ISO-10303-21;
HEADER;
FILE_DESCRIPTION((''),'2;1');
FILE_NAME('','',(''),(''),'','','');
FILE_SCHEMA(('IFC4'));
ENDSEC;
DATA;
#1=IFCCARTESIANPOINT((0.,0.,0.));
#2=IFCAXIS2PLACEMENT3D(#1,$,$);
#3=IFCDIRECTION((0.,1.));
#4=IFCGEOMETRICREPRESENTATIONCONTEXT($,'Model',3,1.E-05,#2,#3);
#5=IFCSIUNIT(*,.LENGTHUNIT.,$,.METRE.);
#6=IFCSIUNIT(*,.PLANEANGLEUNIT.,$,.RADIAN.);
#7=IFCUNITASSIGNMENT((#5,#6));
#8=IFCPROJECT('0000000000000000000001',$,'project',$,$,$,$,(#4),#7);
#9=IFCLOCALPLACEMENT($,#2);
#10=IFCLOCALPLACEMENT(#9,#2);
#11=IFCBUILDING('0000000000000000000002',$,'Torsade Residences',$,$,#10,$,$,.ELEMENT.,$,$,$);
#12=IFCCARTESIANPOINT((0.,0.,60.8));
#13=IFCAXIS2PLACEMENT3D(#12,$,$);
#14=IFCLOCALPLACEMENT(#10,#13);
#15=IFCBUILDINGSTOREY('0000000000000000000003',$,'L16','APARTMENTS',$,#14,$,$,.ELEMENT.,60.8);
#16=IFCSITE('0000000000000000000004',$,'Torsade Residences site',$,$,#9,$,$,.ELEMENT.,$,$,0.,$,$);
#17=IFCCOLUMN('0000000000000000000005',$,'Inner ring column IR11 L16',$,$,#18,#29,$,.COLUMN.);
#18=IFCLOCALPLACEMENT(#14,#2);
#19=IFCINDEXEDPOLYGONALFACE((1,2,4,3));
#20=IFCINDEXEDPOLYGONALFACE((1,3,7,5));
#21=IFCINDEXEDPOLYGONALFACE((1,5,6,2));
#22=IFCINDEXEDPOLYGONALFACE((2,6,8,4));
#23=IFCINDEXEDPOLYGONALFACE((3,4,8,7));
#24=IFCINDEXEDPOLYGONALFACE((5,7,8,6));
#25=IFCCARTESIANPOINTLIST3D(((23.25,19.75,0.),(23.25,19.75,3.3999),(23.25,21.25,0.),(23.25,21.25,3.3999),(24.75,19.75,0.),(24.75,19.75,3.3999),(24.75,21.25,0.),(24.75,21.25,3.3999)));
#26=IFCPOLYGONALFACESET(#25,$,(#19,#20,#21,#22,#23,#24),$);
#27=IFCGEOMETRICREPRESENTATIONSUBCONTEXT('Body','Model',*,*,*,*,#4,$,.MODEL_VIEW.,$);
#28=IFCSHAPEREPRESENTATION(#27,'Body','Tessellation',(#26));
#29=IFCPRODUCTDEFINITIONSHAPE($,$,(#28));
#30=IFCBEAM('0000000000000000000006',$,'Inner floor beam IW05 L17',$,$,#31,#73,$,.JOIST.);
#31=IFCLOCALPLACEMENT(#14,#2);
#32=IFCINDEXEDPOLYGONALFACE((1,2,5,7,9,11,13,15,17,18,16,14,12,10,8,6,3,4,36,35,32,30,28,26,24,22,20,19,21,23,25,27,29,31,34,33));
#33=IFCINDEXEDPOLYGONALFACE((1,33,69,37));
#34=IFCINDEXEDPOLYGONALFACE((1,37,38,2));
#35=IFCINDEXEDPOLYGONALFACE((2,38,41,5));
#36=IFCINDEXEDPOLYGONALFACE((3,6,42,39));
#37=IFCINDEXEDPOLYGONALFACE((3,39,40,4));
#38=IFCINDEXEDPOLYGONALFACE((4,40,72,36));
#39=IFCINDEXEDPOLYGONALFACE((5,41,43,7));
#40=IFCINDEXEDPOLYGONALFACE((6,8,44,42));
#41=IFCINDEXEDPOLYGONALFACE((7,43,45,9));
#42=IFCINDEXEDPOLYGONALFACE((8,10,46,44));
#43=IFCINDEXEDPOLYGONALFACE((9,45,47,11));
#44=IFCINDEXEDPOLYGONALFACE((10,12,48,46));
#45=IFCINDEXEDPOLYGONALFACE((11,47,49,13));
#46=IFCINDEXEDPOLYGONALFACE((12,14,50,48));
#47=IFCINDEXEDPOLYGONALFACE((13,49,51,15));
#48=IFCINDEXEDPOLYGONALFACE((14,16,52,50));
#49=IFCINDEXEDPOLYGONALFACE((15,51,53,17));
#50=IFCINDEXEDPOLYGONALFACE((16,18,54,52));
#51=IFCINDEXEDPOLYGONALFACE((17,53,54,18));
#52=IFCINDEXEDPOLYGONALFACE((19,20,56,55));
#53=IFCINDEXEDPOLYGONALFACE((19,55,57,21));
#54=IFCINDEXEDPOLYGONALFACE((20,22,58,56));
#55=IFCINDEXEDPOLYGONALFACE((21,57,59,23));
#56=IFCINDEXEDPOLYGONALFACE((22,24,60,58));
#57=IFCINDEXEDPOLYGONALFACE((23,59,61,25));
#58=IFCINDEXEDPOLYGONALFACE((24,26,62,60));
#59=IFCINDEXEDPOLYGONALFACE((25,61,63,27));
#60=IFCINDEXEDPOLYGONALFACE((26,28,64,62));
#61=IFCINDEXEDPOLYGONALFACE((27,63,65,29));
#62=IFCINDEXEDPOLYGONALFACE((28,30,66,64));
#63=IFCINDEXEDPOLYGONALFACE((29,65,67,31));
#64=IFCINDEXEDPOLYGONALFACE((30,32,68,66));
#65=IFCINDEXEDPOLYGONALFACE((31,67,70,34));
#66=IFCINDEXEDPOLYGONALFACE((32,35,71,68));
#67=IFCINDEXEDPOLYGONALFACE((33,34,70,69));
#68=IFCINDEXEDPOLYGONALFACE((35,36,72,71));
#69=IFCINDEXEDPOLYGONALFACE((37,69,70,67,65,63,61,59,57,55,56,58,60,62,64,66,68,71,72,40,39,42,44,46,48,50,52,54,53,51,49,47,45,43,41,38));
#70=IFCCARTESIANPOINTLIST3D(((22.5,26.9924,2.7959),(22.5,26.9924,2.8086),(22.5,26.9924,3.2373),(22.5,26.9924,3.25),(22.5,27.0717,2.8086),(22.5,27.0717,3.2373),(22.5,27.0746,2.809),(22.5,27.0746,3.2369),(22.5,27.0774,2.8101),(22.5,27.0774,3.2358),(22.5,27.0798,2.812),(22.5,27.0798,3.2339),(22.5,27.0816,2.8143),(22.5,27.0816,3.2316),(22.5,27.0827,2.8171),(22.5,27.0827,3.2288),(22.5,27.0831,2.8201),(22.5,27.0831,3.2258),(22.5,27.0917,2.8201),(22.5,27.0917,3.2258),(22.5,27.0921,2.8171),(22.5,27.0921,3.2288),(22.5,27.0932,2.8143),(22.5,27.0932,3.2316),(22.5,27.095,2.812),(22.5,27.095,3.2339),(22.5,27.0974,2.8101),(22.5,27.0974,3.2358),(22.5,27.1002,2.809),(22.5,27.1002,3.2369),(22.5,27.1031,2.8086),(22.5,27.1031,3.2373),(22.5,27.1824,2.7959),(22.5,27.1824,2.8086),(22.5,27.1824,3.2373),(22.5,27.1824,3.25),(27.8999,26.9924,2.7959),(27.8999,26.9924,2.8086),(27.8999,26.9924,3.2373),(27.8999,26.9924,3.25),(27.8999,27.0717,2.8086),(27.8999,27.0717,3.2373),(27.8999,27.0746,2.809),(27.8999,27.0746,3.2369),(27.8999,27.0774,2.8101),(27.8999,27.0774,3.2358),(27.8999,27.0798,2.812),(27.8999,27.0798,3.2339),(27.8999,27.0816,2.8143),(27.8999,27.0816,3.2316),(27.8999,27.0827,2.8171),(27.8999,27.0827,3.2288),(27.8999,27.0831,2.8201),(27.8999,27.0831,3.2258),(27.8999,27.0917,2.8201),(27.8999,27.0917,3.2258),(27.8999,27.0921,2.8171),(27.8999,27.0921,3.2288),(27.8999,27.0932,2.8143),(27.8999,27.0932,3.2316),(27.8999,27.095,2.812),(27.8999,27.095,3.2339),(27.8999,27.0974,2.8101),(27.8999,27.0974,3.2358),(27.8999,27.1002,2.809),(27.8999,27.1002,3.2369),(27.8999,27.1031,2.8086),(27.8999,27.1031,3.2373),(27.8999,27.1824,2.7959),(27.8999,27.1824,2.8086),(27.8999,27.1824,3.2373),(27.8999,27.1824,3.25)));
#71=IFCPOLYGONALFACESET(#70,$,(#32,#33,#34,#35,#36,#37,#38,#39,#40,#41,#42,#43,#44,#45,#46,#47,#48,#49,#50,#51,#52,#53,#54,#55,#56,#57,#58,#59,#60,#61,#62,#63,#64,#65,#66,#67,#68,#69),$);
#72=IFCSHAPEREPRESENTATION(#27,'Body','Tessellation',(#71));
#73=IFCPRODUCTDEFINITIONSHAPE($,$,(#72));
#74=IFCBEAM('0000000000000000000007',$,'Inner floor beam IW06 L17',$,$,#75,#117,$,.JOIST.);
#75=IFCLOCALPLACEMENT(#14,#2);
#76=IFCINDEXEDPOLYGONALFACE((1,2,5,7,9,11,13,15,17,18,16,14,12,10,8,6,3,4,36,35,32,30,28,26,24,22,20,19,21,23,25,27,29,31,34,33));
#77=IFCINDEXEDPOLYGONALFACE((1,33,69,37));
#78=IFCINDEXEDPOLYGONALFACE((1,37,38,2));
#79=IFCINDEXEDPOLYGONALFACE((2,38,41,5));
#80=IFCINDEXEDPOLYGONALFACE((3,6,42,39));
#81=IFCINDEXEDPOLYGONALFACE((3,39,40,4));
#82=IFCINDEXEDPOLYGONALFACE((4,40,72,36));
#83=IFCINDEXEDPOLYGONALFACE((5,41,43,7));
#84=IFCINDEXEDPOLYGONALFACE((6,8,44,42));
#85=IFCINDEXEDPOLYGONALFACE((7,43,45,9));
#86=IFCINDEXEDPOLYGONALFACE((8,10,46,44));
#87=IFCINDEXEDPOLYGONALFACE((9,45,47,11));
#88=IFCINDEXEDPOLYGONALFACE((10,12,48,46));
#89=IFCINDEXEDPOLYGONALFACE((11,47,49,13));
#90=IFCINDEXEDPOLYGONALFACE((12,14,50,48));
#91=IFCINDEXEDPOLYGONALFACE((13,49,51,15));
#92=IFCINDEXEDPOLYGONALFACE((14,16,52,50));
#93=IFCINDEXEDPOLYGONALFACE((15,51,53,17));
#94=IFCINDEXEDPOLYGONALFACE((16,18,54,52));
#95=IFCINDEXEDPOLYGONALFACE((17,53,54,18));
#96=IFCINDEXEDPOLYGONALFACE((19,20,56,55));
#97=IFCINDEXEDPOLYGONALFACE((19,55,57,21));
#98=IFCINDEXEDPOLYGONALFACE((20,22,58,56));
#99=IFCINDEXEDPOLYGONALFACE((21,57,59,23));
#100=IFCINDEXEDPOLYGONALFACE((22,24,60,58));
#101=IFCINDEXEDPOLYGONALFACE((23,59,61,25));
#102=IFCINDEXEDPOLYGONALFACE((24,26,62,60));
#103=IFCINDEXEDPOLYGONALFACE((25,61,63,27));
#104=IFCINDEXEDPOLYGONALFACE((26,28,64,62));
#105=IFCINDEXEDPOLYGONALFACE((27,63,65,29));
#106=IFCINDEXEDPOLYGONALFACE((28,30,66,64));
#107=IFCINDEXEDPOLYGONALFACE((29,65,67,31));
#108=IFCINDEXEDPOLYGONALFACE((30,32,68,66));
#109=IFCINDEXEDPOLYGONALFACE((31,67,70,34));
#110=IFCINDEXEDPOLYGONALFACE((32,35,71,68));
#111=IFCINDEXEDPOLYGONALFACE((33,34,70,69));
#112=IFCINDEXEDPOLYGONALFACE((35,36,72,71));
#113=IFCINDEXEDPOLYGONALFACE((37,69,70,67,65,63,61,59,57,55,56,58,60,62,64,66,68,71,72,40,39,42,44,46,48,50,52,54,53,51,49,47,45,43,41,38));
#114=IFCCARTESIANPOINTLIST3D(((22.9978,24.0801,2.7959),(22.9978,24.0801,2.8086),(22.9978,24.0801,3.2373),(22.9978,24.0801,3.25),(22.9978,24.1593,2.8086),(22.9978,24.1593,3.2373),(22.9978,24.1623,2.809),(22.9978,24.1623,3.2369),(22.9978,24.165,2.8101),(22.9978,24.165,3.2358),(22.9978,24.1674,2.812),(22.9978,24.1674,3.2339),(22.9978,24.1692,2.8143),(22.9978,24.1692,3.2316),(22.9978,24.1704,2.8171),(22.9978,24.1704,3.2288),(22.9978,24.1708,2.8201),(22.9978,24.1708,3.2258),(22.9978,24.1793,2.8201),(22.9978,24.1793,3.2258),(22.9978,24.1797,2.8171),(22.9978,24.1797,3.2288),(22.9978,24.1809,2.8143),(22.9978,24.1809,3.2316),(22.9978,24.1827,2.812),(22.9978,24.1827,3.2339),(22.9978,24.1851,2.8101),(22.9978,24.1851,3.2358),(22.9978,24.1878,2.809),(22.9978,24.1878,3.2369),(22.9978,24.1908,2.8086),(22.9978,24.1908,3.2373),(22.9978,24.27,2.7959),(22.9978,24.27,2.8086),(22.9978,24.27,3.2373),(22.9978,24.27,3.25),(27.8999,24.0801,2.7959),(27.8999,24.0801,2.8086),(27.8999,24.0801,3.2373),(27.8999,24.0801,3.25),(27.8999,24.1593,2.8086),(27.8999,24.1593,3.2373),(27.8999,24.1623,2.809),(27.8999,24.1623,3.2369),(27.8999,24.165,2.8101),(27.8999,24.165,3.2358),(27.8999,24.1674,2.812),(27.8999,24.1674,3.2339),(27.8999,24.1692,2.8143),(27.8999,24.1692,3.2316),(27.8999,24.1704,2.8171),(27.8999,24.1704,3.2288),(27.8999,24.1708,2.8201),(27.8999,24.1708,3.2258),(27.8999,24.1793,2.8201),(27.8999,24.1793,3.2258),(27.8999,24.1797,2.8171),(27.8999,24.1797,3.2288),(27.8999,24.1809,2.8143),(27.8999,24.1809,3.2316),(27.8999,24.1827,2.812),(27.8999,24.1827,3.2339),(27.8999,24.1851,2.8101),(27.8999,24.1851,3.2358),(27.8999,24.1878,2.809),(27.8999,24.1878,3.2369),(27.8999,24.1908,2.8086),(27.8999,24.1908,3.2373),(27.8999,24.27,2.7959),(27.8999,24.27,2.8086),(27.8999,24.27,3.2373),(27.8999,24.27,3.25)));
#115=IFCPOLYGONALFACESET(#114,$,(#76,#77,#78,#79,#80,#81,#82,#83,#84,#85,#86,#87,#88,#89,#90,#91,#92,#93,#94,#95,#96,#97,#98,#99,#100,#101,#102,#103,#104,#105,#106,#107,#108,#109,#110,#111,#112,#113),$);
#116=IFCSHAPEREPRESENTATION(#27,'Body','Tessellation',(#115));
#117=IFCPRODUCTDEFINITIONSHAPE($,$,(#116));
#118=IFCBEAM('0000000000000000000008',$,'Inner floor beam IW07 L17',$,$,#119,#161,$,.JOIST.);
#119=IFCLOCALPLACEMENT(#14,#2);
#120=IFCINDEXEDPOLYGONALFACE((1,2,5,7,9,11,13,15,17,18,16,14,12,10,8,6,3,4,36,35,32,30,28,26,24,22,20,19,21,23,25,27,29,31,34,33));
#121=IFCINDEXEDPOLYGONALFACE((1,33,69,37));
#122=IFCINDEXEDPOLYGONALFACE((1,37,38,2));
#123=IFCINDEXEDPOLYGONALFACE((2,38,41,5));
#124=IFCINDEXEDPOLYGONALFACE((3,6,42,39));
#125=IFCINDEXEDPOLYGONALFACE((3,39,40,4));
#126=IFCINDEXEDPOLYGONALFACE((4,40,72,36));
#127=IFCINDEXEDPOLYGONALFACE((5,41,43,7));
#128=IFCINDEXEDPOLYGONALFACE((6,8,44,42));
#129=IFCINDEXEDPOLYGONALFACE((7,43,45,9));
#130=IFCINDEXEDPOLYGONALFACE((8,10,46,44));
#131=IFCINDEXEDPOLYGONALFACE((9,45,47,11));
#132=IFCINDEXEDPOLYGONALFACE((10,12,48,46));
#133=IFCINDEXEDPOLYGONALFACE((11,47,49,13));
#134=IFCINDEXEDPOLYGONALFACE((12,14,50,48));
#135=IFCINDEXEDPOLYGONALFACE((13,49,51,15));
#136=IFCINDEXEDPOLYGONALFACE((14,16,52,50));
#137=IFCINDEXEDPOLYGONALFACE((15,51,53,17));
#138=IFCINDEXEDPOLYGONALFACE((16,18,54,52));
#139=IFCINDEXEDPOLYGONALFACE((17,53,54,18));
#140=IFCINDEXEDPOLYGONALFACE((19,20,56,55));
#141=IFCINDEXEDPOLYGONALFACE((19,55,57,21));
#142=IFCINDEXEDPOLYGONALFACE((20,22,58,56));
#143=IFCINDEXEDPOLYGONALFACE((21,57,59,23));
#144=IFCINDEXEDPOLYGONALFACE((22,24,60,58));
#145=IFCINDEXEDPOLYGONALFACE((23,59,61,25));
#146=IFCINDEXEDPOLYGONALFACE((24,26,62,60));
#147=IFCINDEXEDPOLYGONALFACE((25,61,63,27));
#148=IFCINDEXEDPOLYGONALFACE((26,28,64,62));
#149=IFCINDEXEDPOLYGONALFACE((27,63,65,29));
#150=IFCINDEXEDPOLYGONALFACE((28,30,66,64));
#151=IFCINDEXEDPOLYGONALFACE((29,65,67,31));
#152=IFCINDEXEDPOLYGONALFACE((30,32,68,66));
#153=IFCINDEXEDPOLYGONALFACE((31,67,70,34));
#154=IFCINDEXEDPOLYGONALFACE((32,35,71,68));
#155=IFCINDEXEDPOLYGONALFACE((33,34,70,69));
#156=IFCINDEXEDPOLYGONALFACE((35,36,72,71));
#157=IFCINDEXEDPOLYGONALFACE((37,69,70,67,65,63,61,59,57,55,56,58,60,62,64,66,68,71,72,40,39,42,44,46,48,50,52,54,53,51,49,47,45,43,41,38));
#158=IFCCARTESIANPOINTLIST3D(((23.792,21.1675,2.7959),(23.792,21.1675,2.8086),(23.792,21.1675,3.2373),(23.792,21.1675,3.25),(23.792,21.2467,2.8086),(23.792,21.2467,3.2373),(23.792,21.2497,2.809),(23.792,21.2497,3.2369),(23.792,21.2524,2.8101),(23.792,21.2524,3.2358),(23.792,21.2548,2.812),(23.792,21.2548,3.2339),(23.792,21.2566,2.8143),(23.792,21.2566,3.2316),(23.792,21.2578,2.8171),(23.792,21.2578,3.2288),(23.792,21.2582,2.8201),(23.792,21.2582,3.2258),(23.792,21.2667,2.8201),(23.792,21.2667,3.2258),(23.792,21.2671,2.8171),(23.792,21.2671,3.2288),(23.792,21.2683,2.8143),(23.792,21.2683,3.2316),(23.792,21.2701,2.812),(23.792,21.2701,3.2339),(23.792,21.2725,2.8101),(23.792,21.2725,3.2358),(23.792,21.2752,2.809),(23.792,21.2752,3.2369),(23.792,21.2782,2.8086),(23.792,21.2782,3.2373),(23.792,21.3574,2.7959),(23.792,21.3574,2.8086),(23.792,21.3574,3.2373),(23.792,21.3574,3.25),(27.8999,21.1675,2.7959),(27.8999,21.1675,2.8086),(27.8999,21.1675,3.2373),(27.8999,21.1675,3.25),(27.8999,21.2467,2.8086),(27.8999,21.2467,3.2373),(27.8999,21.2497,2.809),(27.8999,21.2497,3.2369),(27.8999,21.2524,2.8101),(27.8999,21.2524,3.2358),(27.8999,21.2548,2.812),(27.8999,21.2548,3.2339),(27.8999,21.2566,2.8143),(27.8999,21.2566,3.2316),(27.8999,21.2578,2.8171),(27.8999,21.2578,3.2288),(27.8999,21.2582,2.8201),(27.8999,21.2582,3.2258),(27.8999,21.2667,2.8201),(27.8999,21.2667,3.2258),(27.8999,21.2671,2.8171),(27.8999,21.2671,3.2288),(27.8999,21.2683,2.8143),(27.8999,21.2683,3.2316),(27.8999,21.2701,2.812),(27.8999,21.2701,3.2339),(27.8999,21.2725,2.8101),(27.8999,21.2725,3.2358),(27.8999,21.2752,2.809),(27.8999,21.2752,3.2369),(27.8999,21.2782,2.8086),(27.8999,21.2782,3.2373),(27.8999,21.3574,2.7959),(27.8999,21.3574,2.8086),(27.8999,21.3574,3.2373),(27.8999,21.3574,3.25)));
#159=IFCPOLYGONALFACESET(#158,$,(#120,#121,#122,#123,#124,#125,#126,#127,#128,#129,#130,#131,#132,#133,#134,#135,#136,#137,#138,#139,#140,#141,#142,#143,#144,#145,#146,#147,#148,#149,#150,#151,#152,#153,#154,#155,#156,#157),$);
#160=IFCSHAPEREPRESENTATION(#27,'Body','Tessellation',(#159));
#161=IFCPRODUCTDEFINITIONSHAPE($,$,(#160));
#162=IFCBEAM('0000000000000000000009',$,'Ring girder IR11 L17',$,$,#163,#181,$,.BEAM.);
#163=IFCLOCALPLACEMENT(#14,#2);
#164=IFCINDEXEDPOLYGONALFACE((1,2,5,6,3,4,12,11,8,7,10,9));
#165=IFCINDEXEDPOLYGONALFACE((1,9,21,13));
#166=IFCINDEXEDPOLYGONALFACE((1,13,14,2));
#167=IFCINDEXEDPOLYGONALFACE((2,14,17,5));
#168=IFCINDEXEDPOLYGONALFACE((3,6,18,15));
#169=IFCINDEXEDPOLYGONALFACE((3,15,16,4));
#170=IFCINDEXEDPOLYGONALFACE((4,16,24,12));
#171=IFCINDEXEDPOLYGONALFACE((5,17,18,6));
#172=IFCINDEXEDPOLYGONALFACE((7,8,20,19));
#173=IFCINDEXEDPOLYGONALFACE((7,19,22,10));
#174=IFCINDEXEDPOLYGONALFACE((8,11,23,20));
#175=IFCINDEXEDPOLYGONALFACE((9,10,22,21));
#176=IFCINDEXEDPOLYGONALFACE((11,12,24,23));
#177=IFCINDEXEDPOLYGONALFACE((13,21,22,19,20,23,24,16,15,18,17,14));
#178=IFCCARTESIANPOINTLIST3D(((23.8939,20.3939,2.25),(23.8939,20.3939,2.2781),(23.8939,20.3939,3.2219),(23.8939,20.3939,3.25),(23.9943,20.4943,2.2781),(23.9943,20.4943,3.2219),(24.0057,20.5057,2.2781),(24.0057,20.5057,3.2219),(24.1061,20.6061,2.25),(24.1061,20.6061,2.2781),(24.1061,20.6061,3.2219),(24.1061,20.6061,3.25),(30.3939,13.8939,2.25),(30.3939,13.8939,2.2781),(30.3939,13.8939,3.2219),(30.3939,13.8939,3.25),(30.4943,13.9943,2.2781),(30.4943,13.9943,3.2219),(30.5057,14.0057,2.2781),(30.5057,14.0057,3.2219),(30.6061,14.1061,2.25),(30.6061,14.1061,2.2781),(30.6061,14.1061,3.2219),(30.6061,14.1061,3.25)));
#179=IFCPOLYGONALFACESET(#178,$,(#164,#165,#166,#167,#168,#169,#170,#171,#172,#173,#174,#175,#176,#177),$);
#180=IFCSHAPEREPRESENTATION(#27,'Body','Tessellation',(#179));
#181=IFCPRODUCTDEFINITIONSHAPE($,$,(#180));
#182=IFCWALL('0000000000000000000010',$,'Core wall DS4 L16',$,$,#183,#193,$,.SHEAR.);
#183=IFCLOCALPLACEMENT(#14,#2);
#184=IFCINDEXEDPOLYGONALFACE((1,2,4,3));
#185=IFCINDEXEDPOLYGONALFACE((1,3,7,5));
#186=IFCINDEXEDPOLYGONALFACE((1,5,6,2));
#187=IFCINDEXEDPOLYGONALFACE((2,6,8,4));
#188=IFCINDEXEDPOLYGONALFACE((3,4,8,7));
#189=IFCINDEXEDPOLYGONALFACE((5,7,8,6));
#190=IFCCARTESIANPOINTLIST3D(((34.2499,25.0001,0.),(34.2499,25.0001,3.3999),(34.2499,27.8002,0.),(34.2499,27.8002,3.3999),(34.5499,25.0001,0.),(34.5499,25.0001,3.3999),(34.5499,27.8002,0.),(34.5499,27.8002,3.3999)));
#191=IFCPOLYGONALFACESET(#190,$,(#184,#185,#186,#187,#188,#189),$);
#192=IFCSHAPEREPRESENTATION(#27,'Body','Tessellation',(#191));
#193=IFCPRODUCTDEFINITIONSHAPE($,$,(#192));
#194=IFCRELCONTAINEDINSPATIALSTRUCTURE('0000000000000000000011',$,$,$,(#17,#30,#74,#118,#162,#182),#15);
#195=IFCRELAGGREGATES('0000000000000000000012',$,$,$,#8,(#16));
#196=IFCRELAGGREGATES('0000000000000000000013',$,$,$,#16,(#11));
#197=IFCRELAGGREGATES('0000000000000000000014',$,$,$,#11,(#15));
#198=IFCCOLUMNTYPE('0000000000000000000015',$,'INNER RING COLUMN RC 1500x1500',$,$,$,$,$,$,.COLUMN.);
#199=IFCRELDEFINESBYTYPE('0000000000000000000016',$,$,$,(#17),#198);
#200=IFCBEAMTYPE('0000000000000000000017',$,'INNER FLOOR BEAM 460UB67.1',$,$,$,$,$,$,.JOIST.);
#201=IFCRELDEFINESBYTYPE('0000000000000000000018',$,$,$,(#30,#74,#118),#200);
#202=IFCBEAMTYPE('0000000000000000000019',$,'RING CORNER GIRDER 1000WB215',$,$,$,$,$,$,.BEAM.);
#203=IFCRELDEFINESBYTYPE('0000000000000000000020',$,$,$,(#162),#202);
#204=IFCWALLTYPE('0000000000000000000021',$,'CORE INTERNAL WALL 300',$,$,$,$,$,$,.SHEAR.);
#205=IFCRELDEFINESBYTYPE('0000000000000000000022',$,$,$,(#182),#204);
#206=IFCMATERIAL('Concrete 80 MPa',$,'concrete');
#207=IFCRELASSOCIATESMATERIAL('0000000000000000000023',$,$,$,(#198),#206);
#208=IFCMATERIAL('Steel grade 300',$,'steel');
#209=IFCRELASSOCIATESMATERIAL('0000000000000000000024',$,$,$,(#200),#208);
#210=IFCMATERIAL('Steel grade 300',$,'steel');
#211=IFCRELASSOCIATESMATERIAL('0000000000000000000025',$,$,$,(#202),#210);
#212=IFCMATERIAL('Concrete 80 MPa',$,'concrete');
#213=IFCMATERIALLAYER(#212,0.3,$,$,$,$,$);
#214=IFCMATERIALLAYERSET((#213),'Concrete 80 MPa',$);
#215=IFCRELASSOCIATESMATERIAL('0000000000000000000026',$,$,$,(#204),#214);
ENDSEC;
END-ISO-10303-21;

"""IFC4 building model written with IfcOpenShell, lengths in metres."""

from ifc_helpers import new_model, si_unit, direction, frame, frame_2d, origin, origin_2d, place, context, subcontext, project, spatial, rectangle, i_section, extrude, material, layer, layer_set, material_profile, profile_set, type_object, element, save


model = new_model("IFC4")

# Units and contexts
model_context = context("Model", 3, precision=1e-05, world=origin(), true_north=direction((0.0, 1.0)))
body_context = subcontext(model_context, "Body", "Model", "MODEL_VIEW")
ifc_project = project(units=[si_unit("LENGTHUNIT", "METRE"), si_unit("PLANEANGLEUNIT", "RADIAN")], contexts=[model_context])

# Site, building, storey
site_placement = place(None, origin())
site = spatial("IfcSite", under=ifc_project, at=site_placement, Name="Torsade Residences site", CompositionType="ELEMENT", RefElevation=0.0)
building_placement = place(site_placement, origin())
building = spatial("IfcBuilding", under=site, at=building_placement, Name="Torsade Residences", CompositionType="ELEMENT")
storey_placement = place(building_placement, frame((0.0, 0.0, 60.8)))
storey = spatial("IfcBuildingStorey", under=building, at=storey_placement, Name="L16", Description="APARTMENTS", CompositionType="ELEMENT", Elevation=60.8)

# Column
ifc_material_1 = material(Name="Concrete 80 MPa", Category="concrete")
ifc_material_profile_1 = material_profile(ifc_material_1, rectangle(XDim=1.5, YDim=1.5, at=origin_2d()), Name="RC 1500x1500")
ifc_profile_set_1 = profile_set([ifc_material_profile_1], Name="Concrete 80 MPa")
column_type = type_object("IfcColumnType", Name="INNER RING COLUMN RC 1500x1500", PredefinedType="COLUMN", material=ifc_profile_set_1)
column_placement = place(storey_placement, frame((24.0, 20.5, 0.0), z_axis=(0.0, 0.0, 1.0), x_axis=(1.0, 0.0, 0.0)))
element("IfcColumn", 1, at=column_placement, inside=storey, type_object=column_type, Name="Inner ring column IR11 L16", PredefinedType="COLUMN", context=body_context, shape_type="SweptSolid", body=[
    extrude(rectangle(XDim=1.5, YDim=1.5, at=origin_2d()), origin(), (0.0, 0.0, 1.0), 3.3999),
])

# Beams
ifc_material_2 = material(Name="Steel grade 300", Category="steel")
ifc_material_profile_2 = material_profile(ifc_material_2, i_section(OverallWidth=0.1899, OverallDepth=0.4541, WebThickness=0.0085, FlangeThickness=0.0127, FilletRadius=0.0115, at=origin_2d()), Name="460UB67.1")
ifc_profile_set_2 = profile_set([ifc_material_profile_2], Name="Steel grade 300")
beam_type_1 = type_object("IfcBeamType", Name="INNER FLOOR BEAM 460UB67.1", PredefinedType="JOIST", material=ifc_profile_set_2)
beam_1_placement = place(storey_placement, frame((27.8999, 27.0874, 3.0229), z_axis=(-1.0, 0.0, 0.0), x_axis=(0.0, -1.0, 0.0)))
element("IfcBeam", 2, at=beam_1_placement, inside=storey, type_object=beam_type_1, Name="Inner floor beam IW05 L17", PredefinedType="JOIST", context=body_context, shape_type="SweptSolid", body=[
    extrude(i_section(OverallWidth=0.1899, OverallDepth=0.4541, WebThickness=0.0085, FlangeThickness=0.0127, FilletRadius=0.0115, at=origin_2d()), origin(), (0.0, 0.0, 1.0), 5.3999),
])
beam_2_placement = place(storey_placement, frame((27.8999, 24.175, 3.0229), z_axis=(-1.0, 0.0, 0.0), x_axis=(0.0, -1.0, 0.0)))
element("IfcBeam", 3, at=beam_2_placement, inside=storey, type_object=beam_type_1, Name="Inner floor beam IW06 L17", PredefinedType="JOIST", context=body_context, shape_type="SweptSolid", body=[
    extrude(i_section(OverallWidth=0.1899, OverallDepth=0.4541, WebThickness=0.0085, FlangeThickness=0.0127, FilletRadius=0.0115, at=origin_2d()), origin(), (0.0, 0.0, 1.0), 4.9021),
])
beam_3_placement = place(storey_placement, frame((27.8999, 21.2625, 3.0229), z_axis=(-1.0, 0.0, 0.0), x_axis=(0.0, -1.0, 0.0)))
element("IfcBeam", 4, at=beam_3_placement, inside=storey, type_object=beam_type_1, Name="Inner floor beam IW07 L17", PredefinedType="JOIST", context=body_context, shape_type="SweptSolid", body=[
    extrude(i_section(OverallWidth=0.1899, OverallDepth=0.4541, WebThickness=0.0085, FlangeThickness=0.0127, FilletRadius=0.0115, at=origin_2d()), origin(), (0.0, 0.0, 1.0), 4.1079),
])
ifc_material_3 = material(Name="Steel grade 300", Category="steel")
ifc_material_profile_3 = material_profile(ifc_material_3, i_section(OverallWidth=0.3, OverallDepth=1.0, WebThickness=0.0161, FlangeThickness=0.0281, at=origin_2d()), Name="1000WB215")
ifc_profile_set_3 = profile_set([ifc_material_profile_3], Name="Steel grade 300")
beam_type_2 = type_object("IfcBeamType", Name="RING CORNER GIRDER 1000WB215", PredefinedType="BEAM", material=ifc_profile_set_3)
beam_4_placement = place(storey_placement, frame((24.0, 20.5, 2.75), z_axis=(0.707107, -0.707107, 0.0), x_axis=(0.707107, 0.707107, 0.0)))
element("IfcBeam", 5, at=beam_4_placement, inside=storey, type_object=beam_type_2, Name="Ring girder IR11 L17", PredefinedType="BEAM", context=body_context, shape_type="SweptSolid", body=[
    extrude(i_section(OverallWidth=0.3, OverallDepth=1.0, WebThickness=0.0161, FlangeThickness=0.0281, at=origin_2d()), origin(), (0.0, 0.0, 1.0), 9.1924),
])

# Wall
ifc_material_4 = material(Name="Concrete 80 MPa", Category="concrete")
ifc_layer_1 = layer(ifc_material_4, 0.3)
ifc_layer_set_1 = layer_set([ifc_layer_1], Name="Concrete 80 MPa")
wall_type_1 = type_object("IfcWallType", Name="CORE INTERNAL WALL 300", PredefinedType="SHEAR", material=ifc_layer_set_1)
wall_1_placement = place(storey_placement, frame((34.3999, 27.8, 0.0), z_axis=(0.0, 0.0, 1.0), x_axis=(0.0, -1.0, 0.0)))
element("IfcWall", 6, at=wall_1_placement, inside=storey, type_object=wall_type_1, Name="Core wall DS4 L16", PredefinedType="SHEAR", context=body_context, shape_type="SweptSolid", body=[
    extrude(rectangle(XDim=2.8, YDim=0.3, at=frame_2d((1.3999, 0.0))), origin(), (0.0, 0.0, 1.0), 3.3999),
])

save(model, "model.ifc")
